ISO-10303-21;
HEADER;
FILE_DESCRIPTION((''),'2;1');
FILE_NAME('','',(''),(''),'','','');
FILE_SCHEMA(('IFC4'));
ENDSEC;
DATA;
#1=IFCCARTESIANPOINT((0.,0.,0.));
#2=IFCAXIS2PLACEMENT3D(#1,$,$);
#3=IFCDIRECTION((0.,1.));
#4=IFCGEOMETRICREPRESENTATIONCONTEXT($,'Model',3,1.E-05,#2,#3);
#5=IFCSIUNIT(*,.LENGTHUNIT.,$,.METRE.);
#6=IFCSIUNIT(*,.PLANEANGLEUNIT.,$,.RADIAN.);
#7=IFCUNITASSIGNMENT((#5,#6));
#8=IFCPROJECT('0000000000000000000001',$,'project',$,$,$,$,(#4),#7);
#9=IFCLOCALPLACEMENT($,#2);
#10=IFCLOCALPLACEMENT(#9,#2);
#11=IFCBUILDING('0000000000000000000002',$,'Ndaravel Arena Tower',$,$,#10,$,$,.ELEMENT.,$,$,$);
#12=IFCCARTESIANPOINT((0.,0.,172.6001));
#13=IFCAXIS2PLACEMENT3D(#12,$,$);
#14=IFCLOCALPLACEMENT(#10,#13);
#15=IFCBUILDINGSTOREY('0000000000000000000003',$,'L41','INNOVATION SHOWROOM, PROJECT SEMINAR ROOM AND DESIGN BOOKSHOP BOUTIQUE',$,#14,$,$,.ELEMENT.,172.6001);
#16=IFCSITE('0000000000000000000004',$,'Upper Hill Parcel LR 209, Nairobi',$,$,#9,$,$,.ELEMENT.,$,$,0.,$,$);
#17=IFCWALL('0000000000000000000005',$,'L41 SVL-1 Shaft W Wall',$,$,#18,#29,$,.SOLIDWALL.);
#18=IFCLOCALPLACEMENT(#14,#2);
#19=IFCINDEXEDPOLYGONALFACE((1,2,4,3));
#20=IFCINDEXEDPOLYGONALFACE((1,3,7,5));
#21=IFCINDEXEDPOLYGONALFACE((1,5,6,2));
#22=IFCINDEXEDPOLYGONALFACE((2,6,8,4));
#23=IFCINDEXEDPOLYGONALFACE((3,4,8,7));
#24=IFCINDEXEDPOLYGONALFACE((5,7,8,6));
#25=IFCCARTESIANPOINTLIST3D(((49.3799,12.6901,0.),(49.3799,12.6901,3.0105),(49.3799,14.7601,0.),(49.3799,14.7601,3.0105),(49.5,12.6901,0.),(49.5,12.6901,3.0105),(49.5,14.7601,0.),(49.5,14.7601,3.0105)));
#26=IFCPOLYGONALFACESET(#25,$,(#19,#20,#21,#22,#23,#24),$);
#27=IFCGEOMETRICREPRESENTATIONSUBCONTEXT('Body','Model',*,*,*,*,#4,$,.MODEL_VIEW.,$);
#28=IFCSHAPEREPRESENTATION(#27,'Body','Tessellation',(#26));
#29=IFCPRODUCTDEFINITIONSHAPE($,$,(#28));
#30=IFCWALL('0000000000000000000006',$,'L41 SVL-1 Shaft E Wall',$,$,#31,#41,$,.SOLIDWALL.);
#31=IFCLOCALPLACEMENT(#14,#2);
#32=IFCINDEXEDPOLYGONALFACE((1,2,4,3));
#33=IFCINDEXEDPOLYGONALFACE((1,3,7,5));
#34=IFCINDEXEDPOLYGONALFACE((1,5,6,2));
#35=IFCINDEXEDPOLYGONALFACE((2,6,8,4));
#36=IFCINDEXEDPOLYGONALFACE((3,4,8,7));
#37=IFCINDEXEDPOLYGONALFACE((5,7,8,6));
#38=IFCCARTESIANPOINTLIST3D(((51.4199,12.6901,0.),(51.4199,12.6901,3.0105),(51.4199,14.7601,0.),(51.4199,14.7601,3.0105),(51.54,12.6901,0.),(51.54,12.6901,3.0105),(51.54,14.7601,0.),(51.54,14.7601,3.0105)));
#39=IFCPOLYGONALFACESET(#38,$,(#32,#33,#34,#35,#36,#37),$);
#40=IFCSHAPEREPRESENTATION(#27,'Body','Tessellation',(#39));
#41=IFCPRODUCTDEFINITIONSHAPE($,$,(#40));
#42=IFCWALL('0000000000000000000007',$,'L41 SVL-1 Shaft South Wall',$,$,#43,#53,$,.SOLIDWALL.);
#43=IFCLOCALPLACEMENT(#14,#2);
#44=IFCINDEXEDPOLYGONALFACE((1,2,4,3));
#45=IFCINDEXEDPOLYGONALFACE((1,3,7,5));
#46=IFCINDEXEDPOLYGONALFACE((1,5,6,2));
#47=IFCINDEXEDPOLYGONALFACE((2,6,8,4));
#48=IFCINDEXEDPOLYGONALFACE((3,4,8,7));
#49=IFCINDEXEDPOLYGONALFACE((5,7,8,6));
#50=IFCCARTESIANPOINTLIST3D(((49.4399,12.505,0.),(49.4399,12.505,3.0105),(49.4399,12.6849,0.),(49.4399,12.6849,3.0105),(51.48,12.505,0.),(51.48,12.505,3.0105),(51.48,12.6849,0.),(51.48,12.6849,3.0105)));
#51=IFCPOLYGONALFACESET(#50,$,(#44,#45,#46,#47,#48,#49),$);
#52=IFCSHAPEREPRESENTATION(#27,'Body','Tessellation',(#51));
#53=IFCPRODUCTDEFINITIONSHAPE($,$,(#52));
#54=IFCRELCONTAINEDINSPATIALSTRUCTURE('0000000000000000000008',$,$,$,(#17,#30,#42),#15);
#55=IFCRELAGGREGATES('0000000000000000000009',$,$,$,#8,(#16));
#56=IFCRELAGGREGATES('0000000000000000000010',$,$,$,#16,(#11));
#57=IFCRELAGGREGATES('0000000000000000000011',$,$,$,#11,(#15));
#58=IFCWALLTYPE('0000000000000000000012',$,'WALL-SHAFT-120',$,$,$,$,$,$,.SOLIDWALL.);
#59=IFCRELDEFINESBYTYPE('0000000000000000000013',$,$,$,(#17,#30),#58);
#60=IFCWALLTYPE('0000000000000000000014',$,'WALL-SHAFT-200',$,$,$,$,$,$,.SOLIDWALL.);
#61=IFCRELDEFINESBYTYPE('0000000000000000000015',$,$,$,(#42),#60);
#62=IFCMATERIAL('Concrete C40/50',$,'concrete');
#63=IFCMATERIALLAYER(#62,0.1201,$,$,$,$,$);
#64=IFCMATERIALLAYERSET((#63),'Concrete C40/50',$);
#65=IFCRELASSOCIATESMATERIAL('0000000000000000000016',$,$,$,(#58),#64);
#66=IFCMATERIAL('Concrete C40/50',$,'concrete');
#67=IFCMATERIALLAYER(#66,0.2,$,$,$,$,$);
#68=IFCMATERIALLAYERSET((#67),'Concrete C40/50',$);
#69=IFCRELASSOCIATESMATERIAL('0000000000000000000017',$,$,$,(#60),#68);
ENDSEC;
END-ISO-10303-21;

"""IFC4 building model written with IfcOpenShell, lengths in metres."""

from ifc_helpers import new_model, si_unit, direction, frame, frame_2d, origin, place, context, subcontext, project, spatial, rectangle, extrude, material, layer, layer_set, type_object, element, save


model = new_model("IFC4")

# Units and contexts
model_context = context("Model", 3, precision=1e-05, world=origin(), true_north=direction((0.0, 1.0)))
body_context = subcontext(model_context, "Body", "Model", "MODEL_VIEW")
ifc_project = project(units=[si_unit("LENGTHUNIT", "METRE"), si_unit("PLANEANGLEUNIT", "RADIAN")], contexts=[model_context])

# Site, building, storey
site_placement = place(None, origin())
site = spatial("IfcSite", under=ifc_project, at=site_placement, Name="Upper Hill Parcel LR 209, Nairobi", CompositionType="ELEMENT", RefElevation=0.0)
building_placement = place(site_placement, origin())
building = spatial("IfcBuilding", under=site, at=building_placement, Name="Ndaravel Arena Tower", CompositionType="ELEMENT")
storey_placement = place(building_placement, frame((0.0, 0.0, 172.6001)))
storey = spatial("IfcBuildingStorey", under=building, at=storey_placement, Name="L41", Description="INNOVATION SHOWROOM, PROJECT SEMINAR ROOM AND DESIGN BOOKSHOP BOUTIQUE", CompositionType="ELEMENT", Elevation=172.6001)

# Walls
ifc_material_1 = material(Name="Concrete C40/50", Category="concrete")
ifc_layer_1 = layer(ifc_material_1, 0.1201)
ifc_layer_set_1 = layer_set([ifc_layer_1], Name="Concrete C40/50")
wall_type_1 = type_object("IfcWallType", Name="WALL-SHAFT-120", PredefinedType="SOLIDWALL", material=ifc_layer_set_1)
for number, where, z_axis, x_axis, name in (
    (1, (49.4399, 12.6899, 0.0), (0.0, 0.0, 1.0), (0.0, 1.0, 0.0), "L41 SVL-1 Shaft W Wall"),
    (2, (51.48, 12.6899, 0.0), (0.0, 0.0, 1.0), (0.0, 1.0, 0.0), "L41 SVL-1 Shaft E Wall"),
):
    element("IfcWall", number, at=place(storey_placement, frame(where, z_axis=z_axis, x_axis=x_axis)), inside=storey, type_object=wall_type_1, Name=name, PredefinedType="SOLIDWALL", context=body_context, shape_type="SweptSolid", body=[
        extrude(rectangle(XDim=2.0701, YDim=0.1201, at=frame_2d((1.0352, 0.0))), origin(), (0.0, 0.0, 1.0), 3.0105),
    ])

# Shared definitions
ifc_material_2 = material(Name="Concrete C40/50", Category="concrete")
ifc_layer_2 = layer(ifc_material_2, 0.2)
ifc_layer_set_2 = layer_set([ifc_layer_2], Name="Concrete C40/50")
wall_type_2 = type_object("IfcWallType", Name="WALL-SHAFT-200", PredefinedType="SOLIDWALL", material=ifc_layer_set_2)

# Wall
wall_1_placement = place(storey_placement, frame((49.4399, 12.595, 0.0), z_axis=(0.0, 0.0, 1.0), x_axis=(1.0, 0.0, 0.0)))
element("IfcWall", 3, at=wall_1_placement, inside=storey, type_object=wall_type_2, Name="L41 SVL-1 Shaft South Wall", PredefinedType="SOLIDWALL", context=body_context, shape_type="SweptSolid", body=[
    extrude(rectangle(XDim=2.04, YDim=0.1799, at=frame_2d((1.02, 0.0))), origin(), (0.0, 0.0, 1.0), 3.0105),
])

save(model, "model.ifc")
